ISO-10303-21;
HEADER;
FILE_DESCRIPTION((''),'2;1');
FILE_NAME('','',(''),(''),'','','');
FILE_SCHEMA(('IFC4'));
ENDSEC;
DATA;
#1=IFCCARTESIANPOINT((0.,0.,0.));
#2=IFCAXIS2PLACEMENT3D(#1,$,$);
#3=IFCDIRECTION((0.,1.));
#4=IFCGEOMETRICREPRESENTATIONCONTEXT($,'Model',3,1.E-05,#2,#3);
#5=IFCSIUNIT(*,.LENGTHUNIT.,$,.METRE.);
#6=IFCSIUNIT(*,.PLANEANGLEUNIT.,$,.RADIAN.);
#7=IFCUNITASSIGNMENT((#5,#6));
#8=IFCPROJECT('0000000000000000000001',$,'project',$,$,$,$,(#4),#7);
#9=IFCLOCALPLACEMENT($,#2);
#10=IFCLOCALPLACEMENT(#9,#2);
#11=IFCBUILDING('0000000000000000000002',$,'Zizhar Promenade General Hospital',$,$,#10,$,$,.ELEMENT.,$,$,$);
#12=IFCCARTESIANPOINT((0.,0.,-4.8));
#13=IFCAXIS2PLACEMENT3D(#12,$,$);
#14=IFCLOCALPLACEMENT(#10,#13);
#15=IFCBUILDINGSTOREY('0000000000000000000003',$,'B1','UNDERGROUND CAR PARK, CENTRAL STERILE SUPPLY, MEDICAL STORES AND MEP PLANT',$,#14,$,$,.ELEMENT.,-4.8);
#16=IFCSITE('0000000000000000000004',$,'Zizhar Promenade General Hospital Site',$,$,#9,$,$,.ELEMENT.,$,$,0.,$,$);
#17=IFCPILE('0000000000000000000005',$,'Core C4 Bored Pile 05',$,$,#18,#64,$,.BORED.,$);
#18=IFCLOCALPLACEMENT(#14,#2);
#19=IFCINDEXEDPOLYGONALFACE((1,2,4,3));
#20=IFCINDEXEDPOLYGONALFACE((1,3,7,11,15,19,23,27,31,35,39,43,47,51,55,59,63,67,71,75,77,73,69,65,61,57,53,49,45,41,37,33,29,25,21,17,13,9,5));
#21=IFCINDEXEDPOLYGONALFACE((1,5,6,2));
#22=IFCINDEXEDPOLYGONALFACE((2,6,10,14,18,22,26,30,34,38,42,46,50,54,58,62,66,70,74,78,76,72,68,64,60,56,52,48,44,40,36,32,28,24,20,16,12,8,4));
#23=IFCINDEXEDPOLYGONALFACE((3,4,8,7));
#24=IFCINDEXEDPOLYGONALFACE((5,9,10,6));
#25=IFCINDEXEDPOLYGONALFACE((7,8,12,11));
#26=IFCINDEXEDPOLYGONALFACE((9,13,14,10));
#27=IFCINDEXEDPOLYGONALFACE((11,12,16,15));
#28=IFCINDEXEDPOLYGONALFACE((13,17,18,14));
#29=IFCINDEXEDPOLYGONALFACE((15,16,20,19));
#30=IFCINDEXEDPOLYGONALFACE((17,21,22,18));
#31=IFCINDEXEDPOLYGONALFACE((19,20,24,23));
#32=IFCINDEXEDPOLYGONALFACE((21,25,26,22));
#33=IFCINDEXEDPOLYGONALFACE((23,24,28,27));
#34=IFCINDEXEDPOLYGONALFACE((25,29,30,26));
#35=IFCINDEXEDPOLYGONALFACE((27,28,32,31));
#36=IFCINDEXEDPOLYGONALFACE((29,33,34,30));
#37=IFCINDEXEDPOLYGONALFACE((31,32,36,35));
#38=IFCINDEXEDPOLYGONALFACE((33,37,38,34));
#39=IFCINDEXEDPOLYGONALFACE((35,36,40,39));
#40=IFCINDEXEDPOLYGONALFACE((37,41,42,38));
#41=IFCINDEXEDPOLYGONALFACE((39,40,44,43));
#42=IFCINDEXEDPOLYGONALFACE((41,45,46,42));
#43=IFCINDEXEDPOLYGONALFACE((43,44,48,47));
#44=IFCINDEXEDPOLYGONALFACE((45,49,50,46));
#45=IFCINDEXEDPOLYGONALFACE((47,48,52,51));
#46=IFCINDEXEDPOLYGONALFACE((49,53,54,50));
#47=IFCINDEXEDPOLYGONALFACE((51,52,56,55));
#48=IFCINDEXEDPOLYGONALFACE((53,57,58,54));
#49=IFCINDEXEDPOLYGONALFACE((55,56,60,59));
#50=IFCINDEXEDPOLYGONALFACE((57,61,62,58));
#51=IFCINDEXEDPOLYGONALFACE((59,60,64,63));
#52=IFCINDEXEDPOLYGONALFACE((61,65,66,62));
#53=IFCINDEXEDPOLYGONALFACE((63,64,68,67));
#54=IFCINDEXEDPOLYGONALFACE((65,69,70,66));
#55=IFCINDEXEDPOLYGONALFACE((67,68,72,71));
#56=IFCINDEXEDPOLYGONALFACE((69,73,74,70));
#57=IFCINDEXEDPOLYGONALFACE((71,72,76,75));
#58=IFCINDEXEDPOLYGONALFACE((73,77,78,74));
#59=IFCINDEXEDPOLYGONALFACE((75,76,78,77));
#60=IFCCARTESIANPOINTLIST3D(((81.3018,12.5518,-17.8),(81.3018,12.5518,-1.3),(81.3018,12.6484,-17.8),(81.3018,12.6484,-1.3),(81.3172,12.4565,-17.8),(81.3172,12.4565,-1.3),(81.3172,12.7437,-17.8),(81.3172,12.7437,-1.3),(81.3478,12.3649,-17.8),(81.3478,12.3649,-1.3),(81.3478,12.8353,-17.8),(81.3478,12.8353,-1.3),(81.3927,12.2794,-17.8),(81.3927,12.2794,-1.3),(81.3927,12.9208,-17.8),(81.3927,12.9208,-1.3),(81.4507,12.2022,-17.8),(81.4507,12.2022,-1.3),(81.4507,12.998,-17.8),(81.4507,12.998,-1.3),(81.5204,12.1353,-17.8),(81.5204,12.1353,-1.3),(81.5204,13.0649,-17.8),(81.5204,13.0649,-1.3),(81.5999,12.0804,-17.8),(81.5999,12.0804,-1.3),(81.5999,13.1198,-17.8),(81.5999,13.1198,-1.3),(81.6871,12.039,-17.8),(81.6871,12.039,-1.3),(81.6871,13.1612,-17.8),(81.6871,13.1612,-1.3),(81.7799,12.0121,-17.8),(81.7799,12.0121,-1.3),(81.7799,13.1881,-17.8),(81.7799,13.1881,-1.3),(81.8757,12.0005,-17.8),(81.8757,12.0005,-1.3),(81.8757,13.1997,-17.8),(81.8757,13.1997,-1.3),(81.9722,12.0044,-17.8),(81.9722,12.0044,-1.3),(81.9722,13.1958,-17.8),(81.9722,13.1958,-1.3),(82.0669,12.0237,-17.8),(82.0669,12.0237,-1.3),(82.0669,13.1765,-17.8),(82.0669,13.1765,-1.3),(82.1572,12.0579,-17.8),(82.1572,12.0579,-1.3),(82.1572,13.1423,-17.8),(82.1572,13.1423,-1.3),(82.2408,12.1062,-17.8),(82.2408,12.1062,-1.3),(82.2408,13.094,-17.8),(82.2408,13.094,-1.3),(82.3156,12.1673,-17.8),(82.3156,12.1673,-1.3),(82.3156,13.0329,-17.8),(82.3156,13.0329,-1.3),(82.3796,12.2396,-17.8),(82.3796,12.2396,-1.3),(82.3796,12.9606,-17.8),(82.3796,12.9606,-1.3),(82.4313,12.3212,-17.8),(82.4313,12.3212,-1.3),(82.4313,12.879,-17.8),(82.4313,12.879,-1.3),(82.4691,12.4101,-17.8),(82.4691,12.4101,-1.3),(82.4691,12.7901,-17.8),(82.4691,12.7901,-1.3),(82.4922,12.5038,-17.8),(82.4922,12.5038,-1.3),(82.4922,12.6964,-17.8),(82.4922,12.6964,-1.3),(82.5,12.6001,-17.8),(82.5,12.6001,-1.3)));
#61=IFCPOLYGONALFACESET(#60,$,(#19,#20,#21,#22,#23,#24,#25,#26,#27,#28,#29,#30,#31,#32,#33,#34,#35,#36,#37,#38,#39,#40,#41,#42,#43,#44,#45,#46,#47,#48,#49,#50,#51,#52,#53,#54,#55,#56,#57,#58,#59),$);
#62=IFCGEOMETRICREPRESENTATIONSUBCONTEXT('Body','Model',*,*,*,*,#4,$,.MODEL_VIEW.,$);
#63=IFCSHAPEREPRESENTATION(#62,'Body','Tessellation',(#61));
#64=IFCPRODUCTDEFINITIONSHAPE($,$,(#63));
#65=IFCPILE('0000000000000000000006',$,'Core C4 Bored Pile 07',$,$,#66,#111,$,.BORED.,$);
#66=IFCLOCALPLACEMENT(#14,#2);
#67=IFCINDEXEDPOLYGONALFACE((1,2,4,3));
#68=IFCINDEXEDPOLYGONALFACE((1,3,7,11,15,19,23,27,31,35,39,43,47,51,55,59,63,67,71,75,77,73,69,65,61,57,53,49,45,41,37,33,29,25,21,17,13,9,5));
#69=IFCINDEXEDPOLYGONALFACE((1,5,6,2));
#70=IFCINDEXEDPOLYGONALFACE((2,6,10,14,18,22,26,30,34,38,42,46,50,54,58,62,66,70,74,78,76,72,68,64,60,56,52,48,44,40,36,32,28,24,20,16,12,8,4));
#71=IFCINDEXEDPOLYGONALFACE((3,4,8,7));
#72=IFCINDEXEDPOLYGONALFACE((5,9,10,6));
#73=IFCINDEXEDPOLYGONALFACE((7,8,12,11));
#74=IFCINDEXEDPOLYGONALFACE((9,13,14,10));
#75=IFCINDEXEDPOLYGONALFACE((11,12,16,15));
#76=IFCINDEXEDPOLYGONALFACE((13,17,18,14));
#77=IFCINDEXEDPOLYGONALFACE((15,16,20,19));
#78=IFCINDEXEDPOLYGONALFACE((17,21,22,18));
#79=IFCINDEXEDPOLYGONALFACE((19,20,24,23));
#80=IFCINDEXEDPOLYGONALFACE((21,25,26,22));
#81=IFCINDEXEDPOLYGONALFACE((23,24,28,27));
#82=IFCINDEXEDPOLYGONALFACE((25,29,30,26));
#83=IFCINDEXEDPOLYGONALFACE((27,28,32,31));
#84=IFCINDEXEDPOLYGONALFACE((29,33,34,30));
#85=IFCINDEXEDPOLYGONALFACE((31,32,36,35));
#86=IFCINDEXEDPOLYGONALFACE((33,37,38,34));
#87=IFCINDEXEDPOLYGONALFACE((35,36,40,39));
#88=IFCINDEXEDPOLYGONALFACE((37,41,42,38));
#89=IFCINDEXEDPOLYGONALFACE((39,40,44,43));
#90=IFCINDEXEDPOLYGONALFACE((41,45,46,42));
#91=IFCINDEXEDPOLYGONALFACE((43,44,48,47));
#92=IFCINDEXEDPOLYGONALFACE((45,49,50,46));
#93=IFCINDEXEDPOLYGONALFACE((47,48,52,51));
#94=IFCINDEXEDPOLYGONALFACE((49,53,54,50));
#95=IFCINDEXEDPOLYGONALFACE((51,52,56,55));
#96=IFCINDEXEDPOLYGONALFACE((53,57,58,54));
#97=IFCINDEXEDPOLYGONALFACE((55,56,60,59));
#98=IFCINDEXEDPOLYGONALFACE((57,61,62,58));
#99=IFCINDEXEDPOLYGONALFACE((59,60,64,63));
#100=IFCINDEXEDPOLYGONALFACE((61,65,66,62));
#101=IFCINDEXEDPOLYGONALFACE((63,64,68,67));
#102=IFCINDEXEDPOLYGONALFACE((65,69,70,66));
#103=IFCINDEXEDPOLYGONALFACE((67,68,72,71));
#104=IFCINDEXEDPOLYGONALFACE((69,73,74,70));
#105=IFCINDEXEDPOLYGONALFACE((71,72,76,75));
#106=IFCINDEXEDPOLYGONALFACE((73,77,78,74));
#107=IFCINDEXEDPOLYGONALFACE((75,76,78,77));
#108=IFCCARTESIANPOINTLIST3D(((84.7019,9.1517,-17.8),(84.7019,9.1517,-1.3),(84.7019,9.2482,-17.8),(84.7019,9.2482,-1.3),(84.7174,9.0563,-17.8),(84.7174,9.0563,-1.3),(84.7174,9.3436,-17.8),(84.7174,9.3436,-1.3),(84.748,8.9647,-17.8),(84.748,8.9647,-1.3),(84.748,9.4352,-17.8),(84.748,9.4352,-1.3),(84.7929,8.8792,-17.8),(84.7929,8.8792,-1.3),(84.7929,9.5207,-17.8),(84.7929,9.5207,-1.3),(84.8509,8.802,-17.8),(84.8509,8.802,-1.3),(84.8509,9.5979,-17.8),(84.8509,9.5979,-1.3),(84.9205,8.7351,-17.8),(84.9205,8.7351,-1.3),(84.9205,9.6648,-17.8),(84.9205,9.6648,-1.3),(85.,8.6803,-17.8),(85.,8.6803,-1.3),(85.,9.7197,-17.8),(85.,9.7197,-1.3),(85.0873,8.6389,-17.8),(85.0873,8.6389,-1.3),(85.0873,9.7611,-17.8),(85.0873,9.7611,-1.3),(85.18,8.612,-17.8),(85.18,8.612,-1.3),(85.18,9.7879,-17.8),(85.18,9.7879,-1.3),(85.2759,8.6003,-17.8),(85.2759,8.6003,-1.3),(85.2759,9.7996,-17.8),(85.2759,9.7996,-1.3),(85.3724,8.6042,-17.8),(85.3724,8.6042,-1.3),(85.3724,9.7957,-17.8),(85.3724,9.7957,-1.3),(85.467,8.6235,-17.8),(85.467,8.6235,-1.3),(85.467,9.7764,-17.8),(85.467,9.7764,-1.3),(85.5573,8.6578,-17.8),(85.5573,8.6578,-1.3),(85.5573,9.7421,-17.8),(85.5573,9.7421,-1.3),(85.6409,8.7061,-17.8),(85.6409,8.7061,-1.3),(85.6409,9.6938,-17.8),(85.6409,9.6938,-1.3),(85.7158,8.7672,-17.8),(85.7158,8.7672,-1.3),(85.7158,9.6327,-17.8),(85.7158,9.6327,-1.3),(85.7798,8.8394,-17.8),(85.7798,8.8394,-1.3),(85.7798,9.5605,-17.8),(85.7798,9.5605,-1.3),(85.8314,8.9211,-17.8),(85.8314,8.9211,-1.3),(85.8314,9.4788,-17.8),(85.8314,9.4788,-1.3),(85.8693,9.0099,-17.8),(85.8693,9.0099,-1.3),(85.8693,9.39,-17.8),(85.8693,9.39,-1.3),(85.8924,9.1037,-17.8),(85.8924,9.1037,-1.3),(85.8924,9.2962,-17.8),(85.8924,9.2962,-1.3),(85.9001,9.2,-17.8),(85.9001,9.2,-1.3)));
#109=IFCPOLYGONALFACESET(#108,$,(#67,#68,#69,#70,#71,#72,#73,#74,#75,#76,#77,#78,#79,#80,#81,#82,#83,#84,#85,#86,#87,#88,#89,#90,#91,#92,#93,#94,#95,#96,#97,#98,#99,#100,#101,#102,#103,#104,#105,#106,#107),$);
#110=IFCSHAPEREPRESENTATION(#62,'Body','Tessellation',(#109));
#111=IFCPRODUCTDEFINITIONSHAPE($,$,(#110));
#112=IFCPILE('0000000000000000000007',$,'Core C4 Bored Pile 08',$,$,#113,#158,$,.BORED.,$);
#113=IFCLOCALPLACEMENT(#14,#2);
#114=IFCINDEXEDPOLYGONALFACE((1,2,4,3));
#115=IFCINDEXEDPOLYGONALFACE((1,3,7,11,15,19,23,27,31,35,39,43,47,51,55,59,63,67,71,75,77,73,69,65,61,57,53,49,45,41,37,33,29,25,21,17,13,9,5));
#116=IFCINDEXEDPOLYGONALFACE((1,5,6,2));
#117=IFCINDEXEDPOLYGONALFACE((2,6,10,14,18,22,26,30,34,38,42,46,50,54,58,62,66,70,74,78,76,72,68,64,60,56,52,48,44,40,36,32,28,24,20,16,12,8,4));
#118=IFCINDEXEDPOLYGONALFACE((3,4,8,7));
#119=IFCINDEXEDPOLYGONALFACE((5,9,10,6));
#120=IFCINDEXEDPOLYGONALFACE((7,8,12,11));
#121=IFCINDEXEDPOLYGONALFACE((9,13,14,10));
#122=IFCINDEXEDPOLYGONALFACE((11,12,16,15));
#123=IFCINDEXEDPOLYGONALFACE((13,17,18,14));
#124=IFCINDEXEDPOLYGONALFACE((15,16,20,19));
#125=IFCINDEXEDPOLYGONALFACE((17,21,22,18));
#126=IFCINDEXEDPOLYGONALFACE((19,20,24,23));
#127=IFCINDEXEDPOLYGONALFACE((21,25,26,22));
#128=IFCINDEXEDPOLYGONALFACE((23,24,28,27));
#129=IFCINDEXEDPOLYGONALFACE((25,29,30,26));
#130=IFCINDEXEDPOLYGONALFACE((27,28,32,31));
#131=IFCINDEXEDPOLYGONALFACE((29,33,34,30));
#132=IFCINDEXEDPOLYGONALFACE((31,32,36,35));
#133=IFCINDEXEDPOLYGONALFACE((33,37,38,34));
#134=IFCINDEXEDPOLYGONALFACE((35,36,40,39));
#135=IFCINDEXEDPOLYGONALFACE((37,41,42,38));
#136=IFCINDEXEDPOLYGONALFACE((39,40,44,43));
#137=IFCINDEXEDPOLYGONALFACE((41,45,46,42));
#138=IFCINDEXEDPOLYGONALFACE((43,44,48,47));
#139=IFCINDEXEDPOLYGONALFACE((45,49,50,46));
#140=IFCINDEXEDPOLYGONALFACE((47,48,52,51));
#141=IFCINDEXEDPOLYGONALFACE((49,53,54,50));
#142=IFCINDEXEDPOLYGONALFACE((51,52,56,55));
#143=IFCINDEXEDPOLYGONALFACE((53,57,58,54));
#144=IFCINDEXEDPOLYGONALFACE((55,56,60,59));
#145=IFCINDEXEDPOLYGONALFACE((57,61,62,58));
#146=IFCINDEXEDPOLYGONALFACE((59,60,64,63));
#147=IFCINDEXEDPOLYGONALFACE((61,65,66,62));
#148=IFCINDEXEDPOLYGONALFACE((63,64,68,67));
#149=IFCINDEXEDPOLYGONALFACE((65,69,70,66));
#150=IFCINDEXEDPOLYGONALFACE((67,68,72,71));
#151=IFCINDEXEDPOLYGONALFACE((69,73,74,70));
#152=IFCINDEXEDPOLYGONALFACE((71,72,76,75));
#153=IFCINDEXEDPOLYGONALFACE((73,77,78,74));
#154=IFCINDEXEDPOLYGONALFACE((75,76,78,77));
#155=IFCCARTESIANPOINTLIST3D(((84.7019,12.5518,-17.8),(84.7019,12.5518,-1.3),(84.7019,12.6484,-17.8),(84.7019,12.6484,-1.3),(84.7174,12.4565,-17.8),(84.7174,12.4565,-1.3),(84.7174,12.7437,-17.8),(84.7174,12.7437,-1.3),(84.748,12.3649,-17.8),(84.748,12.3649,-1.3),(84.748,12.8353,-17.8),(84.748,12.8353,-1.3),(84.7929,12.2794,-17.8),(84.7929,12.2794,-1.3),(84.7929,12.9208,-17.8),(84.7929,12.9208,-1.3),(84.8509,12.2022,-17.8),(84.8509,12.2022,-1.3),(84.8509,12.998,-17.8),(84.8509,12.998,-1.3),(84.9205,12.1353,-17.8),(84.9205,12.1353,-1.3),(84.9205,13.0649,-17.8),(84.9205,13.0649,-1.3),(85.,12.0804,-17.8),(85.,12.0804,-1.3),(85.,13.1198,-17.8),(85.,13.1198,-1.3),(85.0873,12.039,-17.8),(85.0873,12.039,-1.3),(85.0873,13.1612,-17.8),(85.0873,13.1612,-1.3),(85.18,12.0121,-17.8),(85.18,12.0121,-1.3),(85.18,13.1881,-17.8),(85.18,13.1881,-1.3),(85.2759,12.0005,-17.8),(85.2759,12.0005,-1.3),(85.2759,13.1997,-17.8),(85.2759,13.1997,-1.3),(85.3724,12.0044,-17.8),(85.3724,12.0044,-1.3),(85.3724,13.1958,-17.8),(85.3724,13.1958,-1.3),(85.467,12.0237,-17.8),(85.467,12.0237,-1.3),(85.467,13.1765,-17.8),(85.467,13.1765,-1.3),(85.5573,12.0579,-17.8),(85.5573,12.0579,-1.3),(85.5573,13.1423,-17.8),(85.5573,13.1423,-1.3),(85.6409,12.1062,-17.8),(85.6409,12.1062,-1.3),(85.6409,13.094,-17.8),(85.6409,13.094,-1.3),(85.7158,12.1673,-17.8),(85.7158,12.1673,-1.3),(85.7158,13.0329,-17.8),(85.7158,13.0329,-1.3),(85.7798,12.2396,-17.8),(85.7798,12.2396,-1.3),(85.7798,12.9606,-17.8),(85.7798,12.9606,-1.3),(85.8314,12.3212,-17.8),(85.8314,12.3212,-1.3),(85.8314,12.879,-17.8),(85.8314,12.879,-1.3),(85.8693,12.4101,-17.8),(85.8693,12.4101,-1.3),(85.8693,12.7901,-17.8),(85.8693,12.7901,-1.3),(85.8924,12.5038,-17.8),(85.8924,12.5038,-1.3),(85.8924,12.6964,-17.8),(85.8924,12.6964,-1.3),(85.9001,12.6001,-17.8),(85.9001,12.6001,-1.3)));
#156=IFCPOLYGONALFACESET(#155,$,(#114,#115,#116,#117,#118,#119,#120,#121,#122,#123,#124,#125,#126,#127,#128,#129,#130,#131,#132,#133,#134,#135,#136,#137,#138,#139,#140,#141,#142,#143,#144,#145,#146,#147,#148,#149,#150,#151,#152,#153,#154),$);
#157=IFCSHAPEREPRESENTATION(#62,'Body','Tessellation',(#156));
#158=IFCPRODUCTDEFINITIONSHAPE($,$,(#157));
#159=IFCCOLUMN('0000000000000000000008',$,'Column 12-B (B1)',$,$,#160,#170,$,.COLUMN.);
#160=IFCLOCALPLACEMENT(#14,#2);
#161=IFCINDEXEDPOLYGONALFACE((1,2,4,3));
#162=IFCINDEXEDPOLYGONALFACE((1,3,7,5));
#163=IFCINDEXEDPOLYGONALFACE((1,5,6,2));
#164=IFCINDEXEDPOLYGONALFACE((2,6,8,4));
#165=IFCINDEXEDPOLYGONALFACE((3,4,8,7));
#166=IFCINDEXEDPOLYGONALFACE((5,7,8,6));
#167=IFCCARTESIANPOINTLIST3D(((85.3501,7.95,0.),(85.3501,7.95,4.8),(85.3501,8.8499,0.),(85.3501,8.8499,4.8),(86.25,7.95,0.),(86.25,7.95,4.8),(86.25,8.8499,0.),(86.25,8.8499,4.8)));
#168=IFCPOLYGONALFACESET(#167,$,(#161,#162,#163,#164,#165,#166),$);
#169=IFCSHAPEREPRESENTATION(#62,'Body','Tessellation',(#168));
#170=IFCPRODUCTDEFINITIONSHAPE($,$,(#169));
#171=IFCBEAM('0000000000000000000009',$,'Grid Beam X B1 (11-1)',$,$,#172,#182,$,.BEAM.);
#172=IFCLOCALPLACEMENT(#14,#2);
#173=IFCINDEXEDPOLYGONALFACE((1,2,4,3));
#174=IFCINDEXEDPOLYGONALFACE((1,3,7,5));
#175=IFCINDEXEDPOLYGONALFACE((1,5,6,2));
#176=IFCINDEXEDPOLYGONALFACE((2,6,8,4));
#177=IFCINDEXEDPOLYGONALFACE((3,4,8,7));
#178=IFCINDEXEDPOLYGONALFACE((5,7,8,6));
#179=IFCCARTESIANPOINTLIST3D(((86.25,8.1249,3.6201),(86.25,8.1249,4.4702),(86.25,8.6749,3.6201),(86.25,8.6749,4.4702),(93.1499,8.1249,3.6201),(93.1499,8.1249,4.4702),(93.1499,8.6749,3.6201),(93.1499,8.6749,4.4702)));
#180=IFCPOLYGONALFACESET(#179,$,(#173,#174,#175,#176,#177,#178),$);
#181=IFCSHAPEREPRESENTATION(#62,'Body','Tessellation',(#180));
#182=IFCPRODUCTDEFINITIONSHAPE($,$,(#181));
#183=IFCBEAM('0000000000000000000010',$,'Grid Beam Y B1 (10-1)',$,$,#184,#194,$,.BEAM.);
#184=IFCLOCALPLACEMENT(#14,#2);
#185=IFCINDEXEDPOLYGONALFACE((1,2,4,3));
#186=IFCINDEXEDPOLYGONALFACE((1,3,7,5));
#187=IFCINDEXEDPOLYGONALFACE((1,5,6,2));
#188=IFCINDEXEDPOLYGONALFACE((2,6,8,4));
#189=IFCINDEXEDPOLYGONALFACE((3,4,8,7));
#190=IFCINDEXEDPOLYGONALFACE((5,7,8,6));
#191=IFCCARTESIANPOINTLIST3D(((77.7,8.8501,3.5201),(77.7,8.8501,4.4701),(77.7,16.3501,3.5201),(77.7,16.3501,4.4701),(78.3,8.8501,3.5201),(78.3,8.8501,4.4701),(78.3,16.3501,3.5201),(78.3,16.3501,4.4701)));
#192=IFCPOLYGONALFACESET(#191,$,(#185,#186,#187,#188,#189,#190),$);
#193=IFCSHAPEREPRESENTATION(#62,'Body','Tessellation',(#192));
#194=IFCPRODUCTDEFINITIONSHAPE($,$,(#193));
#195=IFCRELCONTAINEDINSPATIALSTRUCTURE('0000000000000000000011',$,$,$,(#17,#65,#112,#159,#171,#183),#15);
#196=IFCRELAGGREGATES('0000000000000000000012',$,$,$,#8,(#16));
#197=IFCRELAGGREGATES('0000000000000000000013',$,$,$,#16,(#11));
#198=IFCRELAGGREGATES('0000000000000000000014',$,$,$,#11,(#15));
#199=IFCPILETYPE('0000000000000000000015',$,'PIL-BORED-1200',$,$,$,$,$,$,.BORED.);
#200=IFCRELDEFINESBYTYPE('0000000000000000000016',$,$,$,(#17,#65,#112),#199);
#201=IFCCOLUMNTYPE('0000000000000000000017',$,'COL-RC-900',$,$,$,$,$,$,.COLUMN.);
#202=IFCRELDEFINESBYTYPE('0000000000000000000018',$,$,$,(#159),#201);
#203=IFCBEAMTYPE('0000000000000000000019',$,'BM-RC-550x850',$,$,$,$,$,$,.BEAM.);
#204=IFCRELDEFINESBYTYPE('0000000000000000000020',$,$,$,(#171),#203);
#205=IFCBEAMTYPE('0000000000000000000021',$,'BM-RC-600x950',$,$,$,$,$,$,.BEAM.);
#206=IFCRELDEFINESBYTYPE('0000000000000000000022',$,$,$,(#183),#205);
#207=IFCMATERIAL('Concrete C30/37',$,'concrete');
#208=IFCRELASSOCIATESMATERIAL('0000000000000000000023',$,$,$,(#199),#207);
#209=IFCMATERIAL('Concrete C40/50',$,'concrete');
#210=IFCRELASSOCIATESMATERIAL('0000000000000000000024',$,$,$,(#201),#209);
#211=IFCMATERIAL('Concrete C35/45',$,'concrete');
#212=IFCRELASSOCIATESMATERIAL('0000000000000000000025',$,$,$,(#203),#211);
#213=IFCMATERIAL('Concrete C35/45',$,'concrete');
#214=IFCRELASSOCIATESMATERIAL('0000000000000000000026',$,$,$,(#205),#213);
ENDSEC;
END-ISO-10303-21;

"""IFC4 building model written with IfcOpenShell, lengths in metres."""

from ifc_helpers import new_model, si_unit, direction, frame, origin, origin_2d, place, context, subcontext, project, spatial, rectangle, circle, extrude, material, material_profile, profile_set, type_object, element, save


model = new_model("IFC4")

# Units and contexts
model_context = context("Model", 3, precision=1e-05, world=origin(), true_north=direction((0.0, 1.0)))
body_context = subcontext(model_context, "Body", "Model", "MODEL_VIEW")
ifc_project = project(units=[si_unit("LENGTHUNIT", "METRE"), si_unit("PLANEANGLEUNIT", "RADIAN")], contexts=[model_context])

# Site, building, storey
site_placement = place(None, origin())
site = spatial("IfcSite", under=ifc_project, at=site_placement, Name="Zizhar Promenade General Hospital Site", CompositionType="ELEMENT", RefElevation=0.0)
building_placement = place(site_placement, origin())
building = spatial("IfcBuilding", under=site, at=building_placement, Name="Zizhar Promenade General Hospital", CompositionType="ELEMENT")
storey_placement = place(building_placement, frame((0.0, 0.0, -4.8)))
storey = spatial("IfcBuildingStorey", under=building, at=storey_placement, Name="B1", Description="UNDERGROUND CAR PARK, CENTRAL STERILE SUPPLY, MEDICAL STORES AND MEP PLANT", CompositionType="ELEMENT", Elevation=-4.8)

# Piles
ifc_material_1 = material(Name="Concrete C30/37", Category="concrete")
ifc_material_profile_1 = material_profile(ifc_material_1, circle(Radius=0.6001, at=origin_2d()))
ifc_profile_set_1 = profile_set([ifc_material_profile_1], Name="Concrete C30/37")
pile_type = type_object("IfcPileType", Name="PIL-BORED-1200", PredefinedType="BORED", material=ifc_profile_set_1)
for number, where, z_axis, x_axis, name in (
    (1, (81.8999, 12.6001, -1.3), (0.0, 0.0, -1.0), (1.0, 0.0, 0.0), "Core C4 Bored Pile 05"),
    (2, (85.3, 9.2, -1.3), (0.0, 0.0, -1.0), (1.0, 0.0, 0.0), "Core C4 Bored Pile 07"),
    (3, (85.3, 12.6001, -1.3), (0.0, 0.0, -1.0), (1.0, 0.0, 0.0), "Core C4 Bored Pile 08"),
):
    element("IfcPile", number, at=place(storey_placement, frame(where, z_axis=z_axis, x_axis=x_axis)), inside=storey, type_object=pile_type, Name=name, PredefinedType="BORED", context=body_context, shape_type="SweptSolid", body=[
        extrude(circle(Radius=0.6001, at=origin_2d()), origin(), (0.0, 0.0, 1.0), 16.5),
    ])

# Column
ifc_material_2 = material(Name="Concrete C40/50", Category="concrete")
ifc_material_profile_2 = material_profile(ifc_material_2, rectangle(XDim=0.8999, YDim=0.8999, at=origin_2d()))
ifc_profile_set_2 = profile_set([ifc_material_profile_2], Name="Concrete C40/50")
column_type = type_object("IfcColumnType", Name="COL-RC-900", PredefinedType="COLUMN", material=ifc_profile_set_2)
column_placement = place(storey_placement, frame((85.8, 8.3999, 0.0), z_axis=(0.0, 0.0, 1.0), x_axis=(1.0, 0.0, 0.0)))
element("IfcColumn", 4, at=column_placement, inside=storey, type_object=column_type, Name="Column 12-B (B1)", PredefinedType="COLUMN", context=body_context, shape_type="SweptSolid", body=[
    extrude(rectangle(XDim=0.8999, YDim=0.8999, at=origin_2d()), origin(), (0.0, 0.0, 1.0), 4.8),
])

# Beams
ifc_material_3 = material(Name="Concrete C35/45", Category="concrete")
ifc_material_profile_3 = material_profile(ifc_material_3, rectangle(XDim=0.55, YDim=0.8501, at=origin_2d()))
ifc_profile_set_3 = profile_set([ifc_material_profile_3], Name="Concrete C35/45")
beam_type_1 = type_object("IfcBeamType", Name="BM-RC-550x850", PredefinedType="BEAM", material=ifc_profile_set_3)
beam_placement = place(storey_placement, frame((86.25, 8.3999, 4.0452), z_axis=(1.0, 0.0, 0.0), x_axis=(0.0, 1.0, 0.0)))
element("IfcBeam", 5, at=beam_placement, inside=storey, type_object=beam_type_1, Name="Grid Beam X B1 (11-1)", PredefinedType="BEAM", context=body_context, shape_type="SweptSolid", body=[
    extrude(rectangle(XDim=0.55, YDim=0.8501, at=origin_2d()), origin(), (0.0, 0.0, 1.0), 6.8999),
])
ifc_material_4 = material(Name="Concrete C35/45", Category="concrete")
ifc_material_profile_4 = material_profile(ifc_material_4, rectangle(XDim=0.6001, YDim=0.95, at=origin_2d()))
ifc_profile_set_4 = profile_set([ifc_material_profile_4], Name="Concrete C35/45")
beam_type_2 = type_object("IfcBeamType", Name="BM-RC-600x950", PredefinedType="BEAM", material=ifc_profile_set_4)
for number, where, z_axis, x_axis, name in (
    (6, (78.0, 8.8501, 3.9951), (0.0, 1.0, 0.0), (-1.0, 0.0, 0.0), "Grid Beam Y B1 (10-1)"),
):
    element("IfcBeam", number, at=place(storey_placement, frame(where, z_axis=z_axis, x_axis=x_axis)), inside=storey, type_object=beam_type_2, Name=name, PredefinedType="BEAM", context=body_context, shape_type="SweptSolid", body=[
        extrude(rectangle(XDim=0.6001, YDim=0.95, at=origin_2d()), origin(), (0.0, 0.0, 1.0), 7.5),
    ])

save(model, "model.ifc")
